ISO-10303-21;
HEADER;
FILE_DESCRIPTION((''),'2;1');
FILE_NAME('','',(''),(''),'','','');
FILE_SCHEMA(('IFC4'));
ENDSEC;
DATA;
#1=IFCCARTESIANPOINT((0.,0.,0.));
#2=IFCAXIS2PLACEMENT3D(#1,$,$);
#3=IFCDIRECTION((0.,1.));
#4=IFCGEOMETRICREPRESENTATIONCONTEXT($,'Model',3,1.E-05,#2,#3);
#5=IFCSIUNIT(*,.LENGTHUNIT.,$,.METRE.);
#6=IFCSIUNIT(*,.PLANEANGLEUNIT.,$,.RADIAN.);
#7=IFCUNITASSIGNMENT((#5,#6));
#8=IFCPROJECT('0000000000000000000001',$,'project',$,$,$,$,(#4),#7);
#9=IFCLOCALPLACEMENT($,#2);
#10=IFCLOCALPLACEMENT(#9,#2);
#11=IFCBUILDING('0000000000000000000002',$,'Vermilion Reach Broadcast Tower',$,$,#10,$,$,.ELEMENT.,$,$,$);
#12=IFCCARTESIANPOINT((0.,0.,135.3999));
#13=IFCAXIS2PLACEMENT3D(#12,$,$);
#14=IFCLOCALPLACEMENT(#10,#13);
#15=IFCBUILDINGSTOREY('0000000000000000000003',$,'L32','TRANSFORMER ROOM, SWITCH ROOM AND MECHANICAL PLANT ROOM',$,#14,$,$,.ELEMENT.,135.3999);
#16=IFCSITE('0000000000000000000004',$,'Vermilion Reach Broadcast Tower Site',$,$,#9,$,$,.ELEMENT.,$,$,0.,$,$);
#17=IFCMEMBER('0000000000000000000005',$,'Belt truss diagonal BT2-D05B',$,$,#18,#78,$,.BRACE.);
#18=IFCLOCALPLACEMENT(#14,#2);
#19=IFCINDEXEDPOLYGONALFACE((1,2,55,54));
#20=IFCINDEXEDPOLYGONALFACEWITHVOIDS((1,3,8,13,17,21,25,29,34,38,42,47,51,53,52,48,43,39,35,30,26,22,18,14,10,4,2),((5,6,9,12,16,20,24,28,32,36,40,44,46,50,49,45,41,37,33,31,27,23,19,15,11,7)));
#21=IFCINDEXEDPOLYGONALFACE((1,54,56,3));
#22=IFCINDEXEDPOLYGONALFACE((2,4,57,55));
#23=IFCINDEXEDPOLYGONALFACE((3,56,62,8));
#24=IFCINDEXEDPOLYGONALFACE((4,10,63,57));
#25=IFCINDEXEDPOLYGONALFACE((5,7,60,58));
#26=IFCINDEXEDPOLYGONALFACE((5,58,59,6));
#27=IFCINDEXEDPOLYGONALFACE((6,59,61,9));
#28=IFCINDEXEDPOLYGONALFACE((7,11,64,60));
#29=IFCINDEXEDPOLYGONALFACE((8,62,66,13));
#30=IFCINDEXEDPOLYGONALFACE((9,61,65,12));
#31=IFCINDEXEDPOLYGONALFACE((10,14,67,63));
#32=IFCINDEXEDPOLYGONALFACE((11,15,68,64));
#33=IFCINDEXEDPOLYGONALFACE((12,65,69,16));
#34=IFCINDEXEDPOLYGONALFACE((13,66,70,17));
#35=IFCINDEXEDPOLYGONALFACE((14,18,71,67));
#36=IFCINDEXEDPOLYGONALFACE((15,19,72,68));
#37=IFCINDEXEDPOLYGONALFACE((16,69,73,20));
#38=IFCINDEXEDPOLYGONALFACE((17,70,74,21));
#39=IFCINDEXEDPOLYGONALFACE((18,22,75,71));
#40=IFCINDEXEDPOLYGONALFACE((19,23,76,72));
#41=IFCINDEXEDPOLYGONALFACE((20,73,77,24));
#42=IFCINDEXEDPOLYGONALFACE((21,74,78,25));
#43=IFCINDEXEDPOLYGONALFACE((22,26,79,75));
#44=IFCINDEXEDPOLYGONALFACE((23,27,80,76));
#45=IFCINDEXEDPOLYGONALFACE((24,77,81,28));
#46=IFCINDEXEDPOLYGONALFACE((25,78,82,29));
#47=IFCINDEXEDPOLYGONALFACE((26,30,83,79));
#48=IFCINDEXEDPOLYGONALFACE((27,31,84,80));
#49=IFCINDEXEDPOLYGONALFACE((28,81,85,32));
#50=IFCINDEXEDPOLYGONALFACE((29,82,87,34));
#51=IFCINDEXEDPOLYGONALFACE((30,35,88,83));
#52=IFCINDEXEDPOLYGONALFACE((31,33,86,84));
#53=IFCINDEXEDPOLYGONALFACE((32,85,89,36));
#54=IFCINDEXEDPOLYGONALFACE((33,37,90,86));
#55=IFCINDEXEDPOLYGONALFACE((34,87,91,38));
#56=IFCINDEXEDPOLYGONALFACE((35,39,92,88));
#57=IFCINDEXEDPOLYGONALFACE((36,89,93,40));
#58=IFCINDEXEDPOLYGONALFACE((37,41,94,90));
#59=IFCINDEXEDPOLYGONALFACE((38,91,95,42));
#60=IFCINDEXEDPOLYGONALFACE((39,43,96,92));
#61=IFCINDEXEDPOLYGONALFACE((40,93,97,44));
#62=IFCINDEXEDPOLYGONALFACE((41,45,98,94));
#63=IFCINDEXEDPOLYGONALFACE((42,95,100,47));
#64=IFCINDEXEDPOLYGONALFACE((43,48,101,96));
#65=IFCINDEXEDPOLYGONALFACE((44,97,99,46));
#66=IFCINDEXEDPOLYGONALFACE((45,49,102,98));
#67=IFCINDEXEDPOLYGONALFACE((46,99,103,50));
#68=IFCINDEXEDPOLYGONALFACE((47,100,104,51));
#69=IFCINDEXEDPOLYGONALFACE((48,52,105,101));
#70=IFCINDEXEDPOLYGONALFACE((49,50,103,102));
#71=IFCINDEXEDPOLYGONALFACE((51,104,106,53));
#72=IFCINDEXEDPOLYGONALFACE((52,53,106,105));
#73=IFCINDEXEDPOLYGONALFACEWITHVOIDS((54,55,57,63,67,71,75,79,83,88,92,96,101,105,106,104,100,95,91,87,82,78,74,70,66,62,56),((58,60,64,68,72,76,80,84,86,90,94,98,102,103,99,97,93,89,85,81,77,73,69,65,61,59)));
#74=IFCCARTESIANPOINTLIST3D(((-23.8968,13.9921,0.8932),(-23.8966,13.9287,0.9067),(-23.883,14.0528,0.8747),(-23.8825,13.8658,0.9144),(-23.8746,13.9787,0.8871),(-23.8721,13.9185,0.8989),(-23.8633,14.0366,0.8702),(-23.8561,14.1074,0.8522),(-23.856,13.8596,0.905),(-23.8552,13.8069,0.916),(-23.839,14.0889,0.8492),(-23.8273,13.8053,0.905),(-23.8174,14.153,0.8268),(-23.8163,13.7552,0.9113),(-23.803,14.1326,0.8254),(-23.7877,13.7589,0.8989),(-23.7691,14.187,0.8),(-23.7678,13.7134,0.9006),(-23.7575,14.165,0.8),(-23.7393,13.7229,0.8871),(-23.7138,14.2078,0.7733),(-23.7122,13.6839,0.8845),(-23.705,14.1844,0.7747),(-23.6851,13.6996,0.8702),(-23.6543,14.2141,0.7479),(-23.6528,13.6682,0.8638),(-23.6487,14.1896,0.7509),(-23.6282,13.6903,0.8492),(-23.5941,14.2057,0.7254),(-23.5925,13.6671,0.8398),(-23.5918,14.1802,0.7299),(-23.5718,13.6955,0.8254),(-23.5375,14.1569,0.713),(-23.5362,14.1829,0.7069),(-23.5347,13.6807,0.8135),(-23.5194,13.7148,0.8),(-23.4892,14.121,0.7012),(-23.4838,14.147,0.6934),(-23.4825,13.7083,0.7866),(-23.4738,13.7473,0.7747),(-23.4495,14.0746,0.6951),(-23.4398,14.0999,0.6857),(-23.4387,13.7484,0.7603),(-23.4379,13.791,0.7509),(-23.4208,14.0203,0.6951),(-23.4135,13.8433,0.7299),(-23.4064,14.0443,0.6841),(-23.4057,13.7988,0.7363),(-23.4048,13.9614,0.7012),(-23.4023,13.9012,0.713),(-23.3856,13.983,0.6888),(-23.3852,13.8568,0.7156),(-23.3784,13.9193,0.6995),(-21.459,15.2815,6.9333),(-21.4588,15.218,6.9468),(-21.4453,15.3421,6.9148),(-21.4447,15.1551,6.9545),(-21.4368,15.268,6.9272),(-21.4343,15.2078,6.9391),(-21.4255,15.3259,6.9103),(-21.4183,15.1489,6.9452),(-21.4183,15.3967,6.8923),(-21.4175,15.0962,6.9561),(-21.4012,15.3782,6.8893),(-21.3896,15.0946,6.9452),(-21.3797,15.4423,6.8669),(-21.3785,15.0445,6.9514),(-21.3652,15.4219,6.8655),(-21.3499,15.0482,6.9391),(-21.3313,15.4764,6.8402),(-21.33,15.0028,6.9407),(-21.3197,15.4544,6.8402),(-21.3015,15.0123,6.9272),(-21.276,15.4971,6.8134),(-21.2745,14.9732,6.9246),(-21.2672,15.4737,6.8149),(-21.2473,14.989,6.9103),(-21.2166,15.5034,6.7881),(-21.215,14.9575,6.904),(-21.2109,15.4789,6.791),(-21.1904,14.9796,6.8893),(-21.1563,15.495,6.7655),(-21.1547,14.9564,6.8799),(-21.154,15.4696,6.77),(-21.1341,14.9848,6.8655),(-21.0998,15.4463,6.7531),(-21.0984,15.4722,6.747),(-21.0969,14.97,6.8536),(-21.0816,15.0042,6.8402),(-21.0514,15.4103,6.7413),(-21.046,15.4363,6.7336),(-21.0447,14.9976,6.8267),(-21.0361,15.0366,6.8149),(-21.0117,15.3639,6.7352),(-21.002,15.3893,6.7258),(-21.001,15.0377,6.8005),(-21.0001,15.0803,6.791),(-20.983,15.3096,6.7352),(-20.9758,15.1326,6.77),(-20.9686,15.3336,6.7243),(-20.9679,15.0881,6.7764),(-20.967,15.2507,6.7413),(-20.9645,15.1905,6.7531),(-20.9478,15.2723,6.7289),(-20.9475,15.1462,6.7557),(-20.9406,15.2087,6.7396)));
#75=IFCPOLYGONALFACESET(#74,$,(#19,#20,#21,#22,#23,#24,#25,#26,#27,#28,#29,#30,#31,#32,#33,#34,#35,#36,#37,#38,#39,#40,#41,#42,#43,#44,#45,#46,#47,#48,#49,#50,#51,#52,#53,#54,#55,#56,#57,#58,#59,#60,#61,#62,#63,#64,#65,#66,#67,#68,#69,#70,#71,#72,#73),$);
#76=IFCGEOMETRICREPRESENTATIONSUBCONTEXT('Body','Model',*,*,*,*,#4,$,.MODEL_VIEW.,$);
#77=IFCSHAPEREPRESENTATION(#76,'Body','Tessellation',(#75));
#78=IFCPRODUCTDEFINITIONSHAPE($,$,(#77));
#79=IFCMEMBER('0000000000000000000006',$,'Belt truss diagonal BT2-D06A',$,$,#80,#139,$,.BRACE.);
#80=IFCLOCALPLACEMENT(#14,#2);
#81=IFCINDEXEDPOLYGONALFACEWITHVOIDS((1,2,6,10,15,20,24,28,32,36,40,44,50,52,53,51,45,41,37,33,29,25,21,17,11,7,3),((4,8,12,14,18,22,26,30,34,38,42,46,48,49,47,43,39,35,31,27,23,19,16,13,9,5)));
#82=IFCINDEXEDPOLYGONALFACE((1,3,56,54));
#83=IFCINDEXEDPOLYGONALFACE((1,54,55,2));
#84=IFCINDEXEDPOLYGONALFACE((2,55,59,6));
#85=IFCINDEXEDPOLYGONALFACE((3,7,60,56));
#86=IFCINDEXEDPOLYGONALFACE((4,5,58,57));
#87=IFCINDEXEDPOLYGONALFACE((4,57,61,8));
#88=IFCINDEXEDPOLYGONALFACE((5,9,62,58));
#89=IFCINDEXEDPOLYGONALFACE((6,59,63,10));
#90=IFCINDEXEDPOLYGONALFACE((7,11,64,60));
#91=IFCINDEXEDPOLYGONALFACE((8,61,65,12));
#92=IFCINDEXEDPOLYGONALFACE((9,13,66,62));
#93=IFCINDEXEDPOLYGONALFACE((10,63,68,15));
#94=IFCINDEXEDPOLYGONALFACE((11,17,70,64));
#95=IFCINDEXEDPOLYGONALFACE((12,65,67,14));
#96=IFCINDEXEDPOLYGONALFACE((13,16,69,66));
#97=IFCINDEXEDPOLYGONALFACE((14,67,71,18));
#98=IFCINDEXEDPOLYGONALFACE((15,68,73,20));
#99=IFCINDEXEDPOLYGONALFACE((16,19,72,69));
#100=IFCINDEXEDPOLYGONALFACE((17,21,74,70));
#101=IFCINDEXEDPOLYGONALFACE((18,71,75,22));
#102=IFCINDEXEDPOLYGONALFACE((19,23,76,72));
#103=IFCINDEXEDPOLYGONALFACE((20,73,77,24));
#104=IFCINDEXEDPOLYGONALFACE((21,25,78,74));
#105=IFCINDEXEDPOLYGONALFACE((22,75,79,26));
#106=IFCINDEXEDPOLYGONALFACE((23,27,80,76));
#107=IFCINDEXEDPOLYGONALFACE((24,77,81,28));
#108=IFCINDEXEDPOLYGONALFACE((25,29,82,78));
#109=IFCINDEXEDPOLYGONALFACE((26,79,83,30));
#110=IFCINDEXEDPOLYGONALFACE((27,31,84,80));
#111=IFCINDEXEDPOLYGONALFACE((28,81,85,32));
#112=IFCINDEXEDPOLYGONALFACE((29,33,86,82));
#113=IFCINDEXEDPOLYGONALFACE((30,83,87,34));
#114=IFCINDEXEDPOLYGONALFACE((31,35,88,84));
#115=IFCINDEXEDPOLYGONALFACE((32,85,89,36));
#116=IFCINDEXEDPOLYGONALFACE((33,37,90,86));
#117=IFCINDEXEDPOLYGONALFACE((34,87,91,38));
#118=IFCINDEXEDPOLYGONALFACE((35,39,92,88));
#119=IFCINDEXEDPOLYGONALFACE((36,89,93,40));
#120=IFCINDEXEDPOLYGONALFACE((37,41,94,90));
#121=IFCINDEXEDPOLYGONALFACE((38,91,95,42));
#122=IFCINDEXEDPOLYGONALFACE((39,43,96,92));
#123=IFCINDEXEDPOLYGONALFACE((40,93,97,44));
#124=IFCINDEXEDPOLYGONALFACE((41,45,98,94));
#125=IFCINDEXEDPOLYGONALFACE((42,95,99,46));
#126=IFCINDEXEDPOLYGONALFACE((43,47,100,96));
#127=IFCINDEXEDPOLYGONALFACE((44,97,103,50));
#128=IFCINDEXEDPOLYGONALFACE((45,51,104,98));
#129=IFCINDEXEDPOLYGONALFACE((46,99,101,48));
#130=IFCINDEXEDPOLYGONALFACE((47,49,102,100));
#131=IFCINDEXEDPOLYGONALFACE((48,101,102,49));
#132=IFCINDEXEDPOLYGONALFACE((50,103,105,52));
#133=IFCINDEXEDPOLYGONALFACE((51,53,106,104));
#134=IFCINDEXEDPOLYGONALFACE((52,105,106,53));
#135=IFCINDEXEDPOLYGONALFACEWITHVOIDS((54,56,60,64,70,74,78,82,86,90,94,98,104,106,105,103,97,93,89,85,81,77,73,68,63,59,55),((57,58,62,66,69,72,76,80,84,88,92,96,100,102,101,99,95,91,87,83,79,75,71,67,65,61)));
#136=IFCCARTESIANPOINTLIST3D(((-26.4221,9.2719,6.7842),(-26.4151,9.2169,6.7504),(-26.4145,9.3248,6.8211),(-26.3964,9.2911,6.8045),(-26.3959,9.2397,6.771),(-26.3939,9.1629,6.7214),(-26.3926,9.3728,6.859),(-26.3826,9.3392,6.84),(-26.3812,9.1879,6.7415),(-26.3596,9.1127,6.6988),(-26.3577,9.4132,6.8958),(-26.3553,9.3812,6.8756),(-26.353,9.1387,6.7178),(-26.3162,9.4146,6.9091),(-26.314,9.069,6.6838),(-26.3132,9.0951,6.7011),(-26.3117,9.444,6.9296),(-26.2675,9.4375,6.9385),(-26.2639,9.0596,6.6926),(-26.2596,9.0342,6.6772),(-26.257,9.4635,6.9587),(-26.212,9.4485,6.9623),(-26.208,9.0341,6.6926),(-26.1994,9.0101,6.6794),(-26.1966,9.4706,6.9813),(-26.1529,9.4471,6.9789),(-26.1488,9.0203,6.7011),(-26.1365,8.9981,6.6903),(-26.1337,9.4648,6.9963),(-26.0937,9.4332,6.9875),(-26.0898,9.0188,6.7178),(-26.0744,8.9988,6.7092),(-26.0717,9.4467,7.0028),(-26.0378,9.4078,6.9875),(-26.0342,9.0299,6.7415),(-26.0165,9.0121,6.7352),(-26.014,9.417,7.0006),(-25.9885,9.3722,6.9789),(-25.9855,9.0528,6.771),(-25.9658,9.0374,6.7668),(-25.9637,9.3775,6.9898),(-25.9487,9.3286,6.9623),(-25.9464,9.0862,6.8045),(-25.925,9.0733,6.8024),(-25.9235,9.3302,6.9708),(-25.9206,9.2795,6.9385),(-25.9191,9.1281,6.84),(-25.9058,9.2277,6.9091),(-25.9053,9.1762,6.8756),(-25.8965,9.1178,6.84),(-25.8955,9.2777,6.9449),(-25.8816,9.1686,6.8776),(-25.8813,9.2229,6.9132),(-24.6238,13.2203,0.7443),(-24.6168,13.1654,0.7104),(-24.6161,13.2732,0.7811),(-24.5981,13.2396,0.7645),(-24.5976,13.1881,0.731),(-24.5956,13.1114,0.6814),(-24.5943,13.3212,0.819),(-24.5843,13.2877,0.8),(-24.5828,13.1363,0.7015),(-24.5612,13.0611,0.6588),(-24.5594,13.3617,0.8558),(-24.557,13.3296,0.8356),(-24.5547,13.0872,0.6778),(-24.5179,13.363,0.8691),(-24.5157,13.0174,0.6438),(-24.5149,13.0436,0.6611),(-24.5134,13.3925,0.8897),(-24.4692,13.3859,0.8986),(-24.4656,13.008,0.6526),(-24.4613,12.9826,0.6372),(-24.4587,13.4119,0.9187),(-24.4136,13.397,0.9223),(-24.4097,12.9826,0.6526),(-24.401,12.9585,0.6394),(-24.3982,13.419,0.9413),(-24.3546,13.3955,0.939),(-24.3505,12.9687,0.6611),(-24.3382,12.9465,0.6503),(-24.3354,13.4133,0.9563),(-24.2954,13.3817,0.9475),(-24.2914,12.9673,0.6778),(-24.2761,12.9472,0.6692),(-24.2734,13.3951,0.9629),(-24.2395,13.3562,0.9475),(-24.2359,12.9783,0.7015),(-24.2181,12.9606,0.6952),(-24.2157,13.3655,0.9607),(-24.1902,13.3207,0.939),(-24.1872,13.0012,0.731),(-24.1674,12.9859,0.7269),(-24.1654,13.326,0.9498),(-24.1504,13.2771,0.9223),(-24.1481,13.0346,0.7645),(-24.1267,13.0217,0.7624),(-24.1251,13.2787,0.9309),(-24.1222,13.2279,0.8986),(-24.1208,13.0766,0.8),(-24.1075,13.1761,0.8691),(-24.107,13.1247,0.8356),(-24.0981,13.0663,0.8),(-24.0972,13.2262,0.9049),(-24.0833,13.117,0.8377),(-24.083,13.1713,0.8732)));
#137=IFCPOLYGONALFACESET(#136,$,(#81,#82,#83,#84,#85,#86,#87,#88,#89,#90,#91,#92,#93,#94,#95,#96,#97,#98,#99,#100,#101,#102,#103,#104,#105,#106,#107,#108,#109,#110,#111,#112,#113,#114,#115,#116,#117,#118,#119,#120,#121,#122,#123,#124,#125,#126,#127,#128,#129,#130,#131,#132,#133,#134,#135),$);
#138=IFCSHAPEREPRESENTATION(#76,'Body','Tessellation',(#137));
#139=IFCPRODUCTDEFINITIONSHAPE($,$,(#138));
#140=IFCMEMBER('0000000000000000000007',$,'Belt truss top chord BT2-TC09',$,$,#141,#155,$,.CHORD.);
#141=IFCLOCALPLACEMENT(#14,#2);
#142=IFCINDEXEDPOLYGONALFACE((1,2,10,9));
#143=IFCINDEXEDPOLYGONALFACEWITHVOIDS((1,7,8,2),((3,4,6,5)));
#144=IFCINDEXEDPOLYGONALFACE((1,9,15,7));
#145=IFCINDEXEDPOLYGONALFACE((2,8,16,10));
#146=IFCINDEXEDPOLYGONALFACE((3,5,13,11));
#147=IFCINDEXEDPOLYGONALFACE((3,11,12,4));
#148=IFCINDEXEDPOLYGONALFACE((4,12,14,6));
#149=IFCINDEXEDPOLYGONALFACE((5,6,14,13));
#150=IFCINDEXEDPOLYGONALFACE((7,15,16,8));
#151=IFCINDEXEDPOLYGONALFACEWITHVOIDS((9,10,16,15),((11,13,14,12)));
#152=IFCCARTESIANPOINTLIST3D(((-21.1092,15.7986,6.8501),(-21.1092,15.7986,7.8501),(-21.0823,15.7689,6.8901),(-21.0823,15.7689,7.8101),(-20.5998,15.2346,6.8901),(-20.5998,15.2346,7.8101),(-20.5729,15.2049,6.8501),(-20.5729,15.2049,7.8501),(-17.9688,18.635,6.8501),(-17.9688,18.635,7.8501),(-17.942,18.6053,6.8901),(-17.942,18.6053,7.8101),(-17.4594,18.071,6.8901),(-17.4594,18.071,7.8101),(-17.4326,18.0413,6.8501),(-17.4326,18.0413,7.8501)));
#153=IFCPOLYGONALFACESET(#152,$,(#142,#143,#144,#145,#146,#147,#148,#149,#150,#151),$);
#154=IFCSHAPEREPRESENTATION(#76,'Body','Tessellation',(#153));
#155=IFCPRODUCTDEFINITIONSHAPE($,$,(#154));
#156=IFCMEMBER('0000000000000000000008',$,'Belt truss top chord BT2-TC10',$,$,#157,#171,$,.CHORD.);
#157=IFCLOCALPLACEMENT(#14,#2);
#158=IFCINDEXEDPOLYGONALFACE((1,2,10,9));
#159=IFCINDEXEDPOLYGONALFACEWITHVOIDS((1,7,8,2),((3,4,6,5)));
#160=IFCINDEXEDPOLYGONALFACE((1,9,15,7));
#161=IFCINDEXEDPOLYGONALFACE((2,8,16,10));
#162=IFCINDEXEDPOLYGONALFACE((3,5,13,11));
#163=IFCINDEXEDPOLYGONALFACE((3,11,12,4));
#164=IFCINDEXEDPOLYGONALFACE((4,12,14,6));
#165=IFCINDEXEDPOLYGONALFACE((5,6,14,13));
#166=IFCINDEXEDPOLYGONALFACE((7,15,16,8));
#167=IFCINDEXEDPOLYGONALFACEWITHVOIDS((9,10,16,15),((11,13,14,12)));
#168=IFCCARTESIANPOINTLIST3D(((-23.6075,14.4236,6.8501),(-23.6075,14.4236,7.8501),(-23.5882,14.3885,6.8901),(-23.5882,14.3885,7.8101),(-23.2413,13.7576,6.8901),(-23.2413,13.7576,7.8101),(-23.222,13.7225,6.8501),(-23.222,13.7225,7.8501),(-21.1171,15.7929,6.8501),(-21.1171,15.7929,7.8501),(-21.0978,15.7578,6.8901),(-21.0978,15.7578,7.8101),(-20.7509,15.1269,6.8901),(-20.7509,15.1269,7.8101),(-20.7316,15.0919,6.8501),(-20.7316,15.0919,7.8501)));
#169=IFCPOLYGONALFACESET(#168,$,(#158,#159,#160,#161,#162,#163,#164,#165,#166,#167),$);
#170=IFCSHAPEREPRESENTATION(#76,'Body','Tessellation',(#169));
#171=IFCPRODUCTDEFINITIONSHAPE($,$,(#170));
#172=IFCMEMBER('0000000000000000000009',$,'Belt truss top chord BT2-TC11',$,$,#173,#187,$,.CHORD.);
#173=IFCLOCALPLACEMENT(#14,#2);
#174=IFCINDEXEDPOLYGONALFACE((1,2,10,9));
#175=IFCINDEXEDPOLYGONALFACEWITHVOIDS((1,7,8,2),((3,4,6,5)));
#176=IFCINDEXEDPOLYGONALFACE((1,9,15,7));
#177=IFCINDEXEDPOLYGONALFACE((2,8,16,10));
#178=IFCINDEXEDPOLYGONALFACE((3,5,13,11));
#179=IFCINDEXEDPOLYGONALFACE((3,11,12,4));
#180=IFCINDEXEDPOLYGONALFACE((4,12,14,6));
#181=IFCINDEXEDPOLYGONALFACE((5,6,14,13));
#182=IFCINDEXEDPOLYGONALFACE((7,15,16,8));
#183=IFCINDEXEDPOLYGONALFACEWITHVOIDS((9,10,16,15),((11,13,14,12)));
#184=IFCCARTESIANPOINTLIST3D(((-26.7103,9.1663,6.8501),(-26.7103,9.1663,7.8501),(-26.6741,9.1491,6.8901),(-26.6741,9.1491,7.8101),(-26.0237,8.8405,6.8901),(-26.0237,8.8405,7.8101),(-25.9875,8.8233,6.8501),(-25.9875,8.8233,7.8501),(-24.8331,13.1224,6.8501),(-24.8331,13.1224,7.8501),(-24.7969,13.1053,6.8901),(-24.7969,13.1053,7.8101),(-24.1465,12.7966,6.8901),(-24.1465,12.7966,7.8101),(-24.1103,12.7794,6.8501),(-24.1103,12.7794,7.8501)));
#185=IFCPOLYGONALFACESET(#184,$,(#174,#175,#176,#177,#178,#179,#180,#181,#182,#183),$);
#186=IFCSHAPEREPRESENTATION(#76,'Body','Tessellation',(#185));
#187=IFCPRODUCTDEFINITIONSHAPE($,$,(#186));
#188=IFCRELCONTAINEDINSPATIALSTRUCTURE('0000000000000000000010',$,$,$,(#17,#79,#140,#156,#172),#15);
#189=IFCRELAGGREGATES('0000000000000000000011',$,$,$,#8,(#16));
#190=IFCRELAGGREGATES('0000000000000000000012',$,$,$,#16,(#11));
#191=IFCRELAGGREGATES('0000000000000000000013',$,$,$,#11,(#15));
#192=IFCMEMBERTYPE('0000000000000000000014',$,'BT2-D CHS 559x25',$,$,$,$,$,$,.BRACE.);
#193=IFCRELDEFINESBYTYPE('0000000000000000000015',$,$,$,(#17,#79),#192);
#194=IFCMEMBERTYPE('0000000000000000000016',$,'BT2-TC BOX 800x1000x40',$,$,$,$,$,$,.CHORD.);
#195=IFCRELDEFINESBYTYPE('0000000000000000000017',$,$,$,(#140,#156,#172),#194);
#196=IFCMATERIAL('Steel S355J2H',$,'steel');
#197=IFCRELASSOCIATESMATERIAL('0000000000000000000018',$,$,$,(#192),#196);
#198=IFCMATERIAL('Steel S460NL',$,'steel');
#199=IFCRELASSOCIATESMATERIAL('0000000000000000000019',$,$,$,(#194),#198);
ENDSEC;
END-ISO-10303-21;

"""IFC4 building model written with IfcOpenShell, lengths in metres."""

from ifc_helpers import new_model, si_unit, direction, frame, origin, origin_2d, place, context, subcontext, project, spatial, hollow_rectangle, hollow_circle, extrude, material, material_profile, profile_set, type_object, element, save


model = new_model("IFC4")

# Units and contexts
model_context = context("Model", 3, precision=1e-05, world=origin(), true_north=direction((0.0, 1.0)))
body_context = subcontext(model_context, "Body", "Model", "MODEL_VIEW")
ifc_project = project(units=[si_unit("LENGTHUNIT", "METRE"), si_unit("PLANEANGLEUNIT", "RADIAN")], contexts=[model_context])

# Site, building, storey
site_placement = place(None, origin())
site = spatial("IfcSite", under=ifc_project, at=site_placement, Name="Vermilion Reach Broadcast Tower Site", CompositionType="ELEMENT", RefElevation=0.0)
building_placement = place(site_placement, origin())
building = spatial("IfcBuilding", under=site, at=building_placement, Name="Vermilion Reach Broadcast Tower", CompositionType="ELEMENT")
storey_placement = place(building_placement, frame((0.0, 0.0, 135.3999)))
storey = spatial("IfcBuildingStorey", under=building, at=storey_placement, Name="L32", Description="TRANSFORMER ROOM, SWITCH ROOM AND MECHANICAL PLANT ROOM", CompositionType="ELEMENT", Elevation=135.3999)

# Members
ifc_material_1 = material(Name="Steel S355J2H", Category="steel")
ifc_material_profile_1 = material_profile(ifc_material_1, hollow_circle(Radius=0.2795, WallThickness=0.0249, at=origin_2d()), Name="S355J2H CHS 559x25")
ifc_profile_set_1 = profile_set([ifc_material_profile_1], Name="Steel S355J2H")
member_type_1 = type_object("IfcMemberType", Name="BT2-D CHS 559x25", PredefinedType="BRACE", material=ifc_profile_set_1)
member_1_placement = place(storey_placement, frame((-23.6384, 13.9399, 0.8), z_axis=(0.367141, 0.194178, 0.909671), x_axis=(-0.46753, 0.883977, 0.0)))
element("IfcMember", 1, at=member_1_placement, inside=storey, type_object=member_type_1, Name="Belt truss diagonal BT2-D05B", PredefinedType="BRACE", context=body_context, shape_type="SweptSolid", body=[
    extrude(hollow_circle(Radius=0.2795, WallThickness=0.0249, at=origin_2d()), origin(), (0.0, 0.0, 1.0), 6.6399),
])
member_2_placement = place(storey_placement, frame((-24.3525, 13.1821, 0.8), z_axis=(-0.241815, -0.530936, 0.812178), x_axis=(0.910056, -0.414485, 0.0)))
element("IfcMember", 2, at=member_2_placement, inside=storey, type_object=member_type_1, Name="Belt truss diagonal BT2-D06A", PredefinedType="BRACE", context=body_context, shape_type="SweptSolid", body=[
    extrude(hollow_circle(Radius=0.2795, WallThickness=0.0249, at=origin_2d()), origin(), (0.0, 0.0, 1.0), 7.4368),
])
ifc_material_2 = material(Name="Steel S460NL", Category="steel")
ifc_material_profile_2 = material_profile(ifc_material_2, hollow_rectangle(XDim=0.8, YDim=1.0, WallThickness=0.04, at=origin_2d()), Name="S460NL BOX 800x1000x40")
ifc_profile_set_2 = profile_set([ifc_material_profile_2], Name="Steel S460NL")
member_type_2 = type_object("IfcMemberType", Name="BT2-TC BOX 800x1000x40", PredefinedType="CHORD", material=ifc_profile_set_2)
member_3_placement = place(storey_placement, frame((-17.7007, 18.3381, 7.3501), z_axis=(-0.742108, -0.67028, 0.0), x_axis=(0.67028, -0.742108, 0.0)))
element("IfcMember", 3, at=member_3_placement, inside=storey, type_object=member_type_2, Name="Belt truss top chord BT2-TC09", PredefinedType="CHORD", context=body_context, shape_type="SweptSolid", body=[
    extrude(hollow_rectangle(XDim=0.8, YDim=1.0, WallThickness=0.04, at=origin_2d()), origin(), (0.0, 0.0, 1.0), 4.2317),
])
member_4_placement = place(storey_placement, frame((-20.9243, 15.4424, 7.3501), z_axis=(-0.876272, -0.481817, 0.0), x_axis=(0.481817, -0.876272, 0.0)))
element("IfcMember", 4, at=member_4_placement, inside=storey, type_object=member_type_2, Name="Belt truss top chord BT2-TC10", PredefinedType="CHORD", context=body_context, shape_type="SweptSolid", body=[
    extrude(hollow_rectangle(XDim=0.8, YDim=1.0, WallThickness=0.04, at=origin_2d()), origin(), (0.0, 0.0, 1.0), 2.842),
])
member_5_placement = place(storey_placement, frame((-24.4717, 12.9509, 7.3501), z_axis=(-0.428697, -0.903448, 0.0), x_axis=(0.903448, -0.428697, 0.0)))
element("IfcMember", 5, at=member_5_placement, inside=storey, type_object=member_type_2, Name="Belt truss top chord BT2-TC11", PredefinedType="CHORD", context=body_context, shape_type="SweptSolid", body=[
    extrude(hollow_rectangle(XDim=0.8, YDim=1.0, WallThickness=0.04, at=origin_2d()), origin(), (0.0, 0.0, 1.0), 4.3789),
])

save(model, "model.ifc")
